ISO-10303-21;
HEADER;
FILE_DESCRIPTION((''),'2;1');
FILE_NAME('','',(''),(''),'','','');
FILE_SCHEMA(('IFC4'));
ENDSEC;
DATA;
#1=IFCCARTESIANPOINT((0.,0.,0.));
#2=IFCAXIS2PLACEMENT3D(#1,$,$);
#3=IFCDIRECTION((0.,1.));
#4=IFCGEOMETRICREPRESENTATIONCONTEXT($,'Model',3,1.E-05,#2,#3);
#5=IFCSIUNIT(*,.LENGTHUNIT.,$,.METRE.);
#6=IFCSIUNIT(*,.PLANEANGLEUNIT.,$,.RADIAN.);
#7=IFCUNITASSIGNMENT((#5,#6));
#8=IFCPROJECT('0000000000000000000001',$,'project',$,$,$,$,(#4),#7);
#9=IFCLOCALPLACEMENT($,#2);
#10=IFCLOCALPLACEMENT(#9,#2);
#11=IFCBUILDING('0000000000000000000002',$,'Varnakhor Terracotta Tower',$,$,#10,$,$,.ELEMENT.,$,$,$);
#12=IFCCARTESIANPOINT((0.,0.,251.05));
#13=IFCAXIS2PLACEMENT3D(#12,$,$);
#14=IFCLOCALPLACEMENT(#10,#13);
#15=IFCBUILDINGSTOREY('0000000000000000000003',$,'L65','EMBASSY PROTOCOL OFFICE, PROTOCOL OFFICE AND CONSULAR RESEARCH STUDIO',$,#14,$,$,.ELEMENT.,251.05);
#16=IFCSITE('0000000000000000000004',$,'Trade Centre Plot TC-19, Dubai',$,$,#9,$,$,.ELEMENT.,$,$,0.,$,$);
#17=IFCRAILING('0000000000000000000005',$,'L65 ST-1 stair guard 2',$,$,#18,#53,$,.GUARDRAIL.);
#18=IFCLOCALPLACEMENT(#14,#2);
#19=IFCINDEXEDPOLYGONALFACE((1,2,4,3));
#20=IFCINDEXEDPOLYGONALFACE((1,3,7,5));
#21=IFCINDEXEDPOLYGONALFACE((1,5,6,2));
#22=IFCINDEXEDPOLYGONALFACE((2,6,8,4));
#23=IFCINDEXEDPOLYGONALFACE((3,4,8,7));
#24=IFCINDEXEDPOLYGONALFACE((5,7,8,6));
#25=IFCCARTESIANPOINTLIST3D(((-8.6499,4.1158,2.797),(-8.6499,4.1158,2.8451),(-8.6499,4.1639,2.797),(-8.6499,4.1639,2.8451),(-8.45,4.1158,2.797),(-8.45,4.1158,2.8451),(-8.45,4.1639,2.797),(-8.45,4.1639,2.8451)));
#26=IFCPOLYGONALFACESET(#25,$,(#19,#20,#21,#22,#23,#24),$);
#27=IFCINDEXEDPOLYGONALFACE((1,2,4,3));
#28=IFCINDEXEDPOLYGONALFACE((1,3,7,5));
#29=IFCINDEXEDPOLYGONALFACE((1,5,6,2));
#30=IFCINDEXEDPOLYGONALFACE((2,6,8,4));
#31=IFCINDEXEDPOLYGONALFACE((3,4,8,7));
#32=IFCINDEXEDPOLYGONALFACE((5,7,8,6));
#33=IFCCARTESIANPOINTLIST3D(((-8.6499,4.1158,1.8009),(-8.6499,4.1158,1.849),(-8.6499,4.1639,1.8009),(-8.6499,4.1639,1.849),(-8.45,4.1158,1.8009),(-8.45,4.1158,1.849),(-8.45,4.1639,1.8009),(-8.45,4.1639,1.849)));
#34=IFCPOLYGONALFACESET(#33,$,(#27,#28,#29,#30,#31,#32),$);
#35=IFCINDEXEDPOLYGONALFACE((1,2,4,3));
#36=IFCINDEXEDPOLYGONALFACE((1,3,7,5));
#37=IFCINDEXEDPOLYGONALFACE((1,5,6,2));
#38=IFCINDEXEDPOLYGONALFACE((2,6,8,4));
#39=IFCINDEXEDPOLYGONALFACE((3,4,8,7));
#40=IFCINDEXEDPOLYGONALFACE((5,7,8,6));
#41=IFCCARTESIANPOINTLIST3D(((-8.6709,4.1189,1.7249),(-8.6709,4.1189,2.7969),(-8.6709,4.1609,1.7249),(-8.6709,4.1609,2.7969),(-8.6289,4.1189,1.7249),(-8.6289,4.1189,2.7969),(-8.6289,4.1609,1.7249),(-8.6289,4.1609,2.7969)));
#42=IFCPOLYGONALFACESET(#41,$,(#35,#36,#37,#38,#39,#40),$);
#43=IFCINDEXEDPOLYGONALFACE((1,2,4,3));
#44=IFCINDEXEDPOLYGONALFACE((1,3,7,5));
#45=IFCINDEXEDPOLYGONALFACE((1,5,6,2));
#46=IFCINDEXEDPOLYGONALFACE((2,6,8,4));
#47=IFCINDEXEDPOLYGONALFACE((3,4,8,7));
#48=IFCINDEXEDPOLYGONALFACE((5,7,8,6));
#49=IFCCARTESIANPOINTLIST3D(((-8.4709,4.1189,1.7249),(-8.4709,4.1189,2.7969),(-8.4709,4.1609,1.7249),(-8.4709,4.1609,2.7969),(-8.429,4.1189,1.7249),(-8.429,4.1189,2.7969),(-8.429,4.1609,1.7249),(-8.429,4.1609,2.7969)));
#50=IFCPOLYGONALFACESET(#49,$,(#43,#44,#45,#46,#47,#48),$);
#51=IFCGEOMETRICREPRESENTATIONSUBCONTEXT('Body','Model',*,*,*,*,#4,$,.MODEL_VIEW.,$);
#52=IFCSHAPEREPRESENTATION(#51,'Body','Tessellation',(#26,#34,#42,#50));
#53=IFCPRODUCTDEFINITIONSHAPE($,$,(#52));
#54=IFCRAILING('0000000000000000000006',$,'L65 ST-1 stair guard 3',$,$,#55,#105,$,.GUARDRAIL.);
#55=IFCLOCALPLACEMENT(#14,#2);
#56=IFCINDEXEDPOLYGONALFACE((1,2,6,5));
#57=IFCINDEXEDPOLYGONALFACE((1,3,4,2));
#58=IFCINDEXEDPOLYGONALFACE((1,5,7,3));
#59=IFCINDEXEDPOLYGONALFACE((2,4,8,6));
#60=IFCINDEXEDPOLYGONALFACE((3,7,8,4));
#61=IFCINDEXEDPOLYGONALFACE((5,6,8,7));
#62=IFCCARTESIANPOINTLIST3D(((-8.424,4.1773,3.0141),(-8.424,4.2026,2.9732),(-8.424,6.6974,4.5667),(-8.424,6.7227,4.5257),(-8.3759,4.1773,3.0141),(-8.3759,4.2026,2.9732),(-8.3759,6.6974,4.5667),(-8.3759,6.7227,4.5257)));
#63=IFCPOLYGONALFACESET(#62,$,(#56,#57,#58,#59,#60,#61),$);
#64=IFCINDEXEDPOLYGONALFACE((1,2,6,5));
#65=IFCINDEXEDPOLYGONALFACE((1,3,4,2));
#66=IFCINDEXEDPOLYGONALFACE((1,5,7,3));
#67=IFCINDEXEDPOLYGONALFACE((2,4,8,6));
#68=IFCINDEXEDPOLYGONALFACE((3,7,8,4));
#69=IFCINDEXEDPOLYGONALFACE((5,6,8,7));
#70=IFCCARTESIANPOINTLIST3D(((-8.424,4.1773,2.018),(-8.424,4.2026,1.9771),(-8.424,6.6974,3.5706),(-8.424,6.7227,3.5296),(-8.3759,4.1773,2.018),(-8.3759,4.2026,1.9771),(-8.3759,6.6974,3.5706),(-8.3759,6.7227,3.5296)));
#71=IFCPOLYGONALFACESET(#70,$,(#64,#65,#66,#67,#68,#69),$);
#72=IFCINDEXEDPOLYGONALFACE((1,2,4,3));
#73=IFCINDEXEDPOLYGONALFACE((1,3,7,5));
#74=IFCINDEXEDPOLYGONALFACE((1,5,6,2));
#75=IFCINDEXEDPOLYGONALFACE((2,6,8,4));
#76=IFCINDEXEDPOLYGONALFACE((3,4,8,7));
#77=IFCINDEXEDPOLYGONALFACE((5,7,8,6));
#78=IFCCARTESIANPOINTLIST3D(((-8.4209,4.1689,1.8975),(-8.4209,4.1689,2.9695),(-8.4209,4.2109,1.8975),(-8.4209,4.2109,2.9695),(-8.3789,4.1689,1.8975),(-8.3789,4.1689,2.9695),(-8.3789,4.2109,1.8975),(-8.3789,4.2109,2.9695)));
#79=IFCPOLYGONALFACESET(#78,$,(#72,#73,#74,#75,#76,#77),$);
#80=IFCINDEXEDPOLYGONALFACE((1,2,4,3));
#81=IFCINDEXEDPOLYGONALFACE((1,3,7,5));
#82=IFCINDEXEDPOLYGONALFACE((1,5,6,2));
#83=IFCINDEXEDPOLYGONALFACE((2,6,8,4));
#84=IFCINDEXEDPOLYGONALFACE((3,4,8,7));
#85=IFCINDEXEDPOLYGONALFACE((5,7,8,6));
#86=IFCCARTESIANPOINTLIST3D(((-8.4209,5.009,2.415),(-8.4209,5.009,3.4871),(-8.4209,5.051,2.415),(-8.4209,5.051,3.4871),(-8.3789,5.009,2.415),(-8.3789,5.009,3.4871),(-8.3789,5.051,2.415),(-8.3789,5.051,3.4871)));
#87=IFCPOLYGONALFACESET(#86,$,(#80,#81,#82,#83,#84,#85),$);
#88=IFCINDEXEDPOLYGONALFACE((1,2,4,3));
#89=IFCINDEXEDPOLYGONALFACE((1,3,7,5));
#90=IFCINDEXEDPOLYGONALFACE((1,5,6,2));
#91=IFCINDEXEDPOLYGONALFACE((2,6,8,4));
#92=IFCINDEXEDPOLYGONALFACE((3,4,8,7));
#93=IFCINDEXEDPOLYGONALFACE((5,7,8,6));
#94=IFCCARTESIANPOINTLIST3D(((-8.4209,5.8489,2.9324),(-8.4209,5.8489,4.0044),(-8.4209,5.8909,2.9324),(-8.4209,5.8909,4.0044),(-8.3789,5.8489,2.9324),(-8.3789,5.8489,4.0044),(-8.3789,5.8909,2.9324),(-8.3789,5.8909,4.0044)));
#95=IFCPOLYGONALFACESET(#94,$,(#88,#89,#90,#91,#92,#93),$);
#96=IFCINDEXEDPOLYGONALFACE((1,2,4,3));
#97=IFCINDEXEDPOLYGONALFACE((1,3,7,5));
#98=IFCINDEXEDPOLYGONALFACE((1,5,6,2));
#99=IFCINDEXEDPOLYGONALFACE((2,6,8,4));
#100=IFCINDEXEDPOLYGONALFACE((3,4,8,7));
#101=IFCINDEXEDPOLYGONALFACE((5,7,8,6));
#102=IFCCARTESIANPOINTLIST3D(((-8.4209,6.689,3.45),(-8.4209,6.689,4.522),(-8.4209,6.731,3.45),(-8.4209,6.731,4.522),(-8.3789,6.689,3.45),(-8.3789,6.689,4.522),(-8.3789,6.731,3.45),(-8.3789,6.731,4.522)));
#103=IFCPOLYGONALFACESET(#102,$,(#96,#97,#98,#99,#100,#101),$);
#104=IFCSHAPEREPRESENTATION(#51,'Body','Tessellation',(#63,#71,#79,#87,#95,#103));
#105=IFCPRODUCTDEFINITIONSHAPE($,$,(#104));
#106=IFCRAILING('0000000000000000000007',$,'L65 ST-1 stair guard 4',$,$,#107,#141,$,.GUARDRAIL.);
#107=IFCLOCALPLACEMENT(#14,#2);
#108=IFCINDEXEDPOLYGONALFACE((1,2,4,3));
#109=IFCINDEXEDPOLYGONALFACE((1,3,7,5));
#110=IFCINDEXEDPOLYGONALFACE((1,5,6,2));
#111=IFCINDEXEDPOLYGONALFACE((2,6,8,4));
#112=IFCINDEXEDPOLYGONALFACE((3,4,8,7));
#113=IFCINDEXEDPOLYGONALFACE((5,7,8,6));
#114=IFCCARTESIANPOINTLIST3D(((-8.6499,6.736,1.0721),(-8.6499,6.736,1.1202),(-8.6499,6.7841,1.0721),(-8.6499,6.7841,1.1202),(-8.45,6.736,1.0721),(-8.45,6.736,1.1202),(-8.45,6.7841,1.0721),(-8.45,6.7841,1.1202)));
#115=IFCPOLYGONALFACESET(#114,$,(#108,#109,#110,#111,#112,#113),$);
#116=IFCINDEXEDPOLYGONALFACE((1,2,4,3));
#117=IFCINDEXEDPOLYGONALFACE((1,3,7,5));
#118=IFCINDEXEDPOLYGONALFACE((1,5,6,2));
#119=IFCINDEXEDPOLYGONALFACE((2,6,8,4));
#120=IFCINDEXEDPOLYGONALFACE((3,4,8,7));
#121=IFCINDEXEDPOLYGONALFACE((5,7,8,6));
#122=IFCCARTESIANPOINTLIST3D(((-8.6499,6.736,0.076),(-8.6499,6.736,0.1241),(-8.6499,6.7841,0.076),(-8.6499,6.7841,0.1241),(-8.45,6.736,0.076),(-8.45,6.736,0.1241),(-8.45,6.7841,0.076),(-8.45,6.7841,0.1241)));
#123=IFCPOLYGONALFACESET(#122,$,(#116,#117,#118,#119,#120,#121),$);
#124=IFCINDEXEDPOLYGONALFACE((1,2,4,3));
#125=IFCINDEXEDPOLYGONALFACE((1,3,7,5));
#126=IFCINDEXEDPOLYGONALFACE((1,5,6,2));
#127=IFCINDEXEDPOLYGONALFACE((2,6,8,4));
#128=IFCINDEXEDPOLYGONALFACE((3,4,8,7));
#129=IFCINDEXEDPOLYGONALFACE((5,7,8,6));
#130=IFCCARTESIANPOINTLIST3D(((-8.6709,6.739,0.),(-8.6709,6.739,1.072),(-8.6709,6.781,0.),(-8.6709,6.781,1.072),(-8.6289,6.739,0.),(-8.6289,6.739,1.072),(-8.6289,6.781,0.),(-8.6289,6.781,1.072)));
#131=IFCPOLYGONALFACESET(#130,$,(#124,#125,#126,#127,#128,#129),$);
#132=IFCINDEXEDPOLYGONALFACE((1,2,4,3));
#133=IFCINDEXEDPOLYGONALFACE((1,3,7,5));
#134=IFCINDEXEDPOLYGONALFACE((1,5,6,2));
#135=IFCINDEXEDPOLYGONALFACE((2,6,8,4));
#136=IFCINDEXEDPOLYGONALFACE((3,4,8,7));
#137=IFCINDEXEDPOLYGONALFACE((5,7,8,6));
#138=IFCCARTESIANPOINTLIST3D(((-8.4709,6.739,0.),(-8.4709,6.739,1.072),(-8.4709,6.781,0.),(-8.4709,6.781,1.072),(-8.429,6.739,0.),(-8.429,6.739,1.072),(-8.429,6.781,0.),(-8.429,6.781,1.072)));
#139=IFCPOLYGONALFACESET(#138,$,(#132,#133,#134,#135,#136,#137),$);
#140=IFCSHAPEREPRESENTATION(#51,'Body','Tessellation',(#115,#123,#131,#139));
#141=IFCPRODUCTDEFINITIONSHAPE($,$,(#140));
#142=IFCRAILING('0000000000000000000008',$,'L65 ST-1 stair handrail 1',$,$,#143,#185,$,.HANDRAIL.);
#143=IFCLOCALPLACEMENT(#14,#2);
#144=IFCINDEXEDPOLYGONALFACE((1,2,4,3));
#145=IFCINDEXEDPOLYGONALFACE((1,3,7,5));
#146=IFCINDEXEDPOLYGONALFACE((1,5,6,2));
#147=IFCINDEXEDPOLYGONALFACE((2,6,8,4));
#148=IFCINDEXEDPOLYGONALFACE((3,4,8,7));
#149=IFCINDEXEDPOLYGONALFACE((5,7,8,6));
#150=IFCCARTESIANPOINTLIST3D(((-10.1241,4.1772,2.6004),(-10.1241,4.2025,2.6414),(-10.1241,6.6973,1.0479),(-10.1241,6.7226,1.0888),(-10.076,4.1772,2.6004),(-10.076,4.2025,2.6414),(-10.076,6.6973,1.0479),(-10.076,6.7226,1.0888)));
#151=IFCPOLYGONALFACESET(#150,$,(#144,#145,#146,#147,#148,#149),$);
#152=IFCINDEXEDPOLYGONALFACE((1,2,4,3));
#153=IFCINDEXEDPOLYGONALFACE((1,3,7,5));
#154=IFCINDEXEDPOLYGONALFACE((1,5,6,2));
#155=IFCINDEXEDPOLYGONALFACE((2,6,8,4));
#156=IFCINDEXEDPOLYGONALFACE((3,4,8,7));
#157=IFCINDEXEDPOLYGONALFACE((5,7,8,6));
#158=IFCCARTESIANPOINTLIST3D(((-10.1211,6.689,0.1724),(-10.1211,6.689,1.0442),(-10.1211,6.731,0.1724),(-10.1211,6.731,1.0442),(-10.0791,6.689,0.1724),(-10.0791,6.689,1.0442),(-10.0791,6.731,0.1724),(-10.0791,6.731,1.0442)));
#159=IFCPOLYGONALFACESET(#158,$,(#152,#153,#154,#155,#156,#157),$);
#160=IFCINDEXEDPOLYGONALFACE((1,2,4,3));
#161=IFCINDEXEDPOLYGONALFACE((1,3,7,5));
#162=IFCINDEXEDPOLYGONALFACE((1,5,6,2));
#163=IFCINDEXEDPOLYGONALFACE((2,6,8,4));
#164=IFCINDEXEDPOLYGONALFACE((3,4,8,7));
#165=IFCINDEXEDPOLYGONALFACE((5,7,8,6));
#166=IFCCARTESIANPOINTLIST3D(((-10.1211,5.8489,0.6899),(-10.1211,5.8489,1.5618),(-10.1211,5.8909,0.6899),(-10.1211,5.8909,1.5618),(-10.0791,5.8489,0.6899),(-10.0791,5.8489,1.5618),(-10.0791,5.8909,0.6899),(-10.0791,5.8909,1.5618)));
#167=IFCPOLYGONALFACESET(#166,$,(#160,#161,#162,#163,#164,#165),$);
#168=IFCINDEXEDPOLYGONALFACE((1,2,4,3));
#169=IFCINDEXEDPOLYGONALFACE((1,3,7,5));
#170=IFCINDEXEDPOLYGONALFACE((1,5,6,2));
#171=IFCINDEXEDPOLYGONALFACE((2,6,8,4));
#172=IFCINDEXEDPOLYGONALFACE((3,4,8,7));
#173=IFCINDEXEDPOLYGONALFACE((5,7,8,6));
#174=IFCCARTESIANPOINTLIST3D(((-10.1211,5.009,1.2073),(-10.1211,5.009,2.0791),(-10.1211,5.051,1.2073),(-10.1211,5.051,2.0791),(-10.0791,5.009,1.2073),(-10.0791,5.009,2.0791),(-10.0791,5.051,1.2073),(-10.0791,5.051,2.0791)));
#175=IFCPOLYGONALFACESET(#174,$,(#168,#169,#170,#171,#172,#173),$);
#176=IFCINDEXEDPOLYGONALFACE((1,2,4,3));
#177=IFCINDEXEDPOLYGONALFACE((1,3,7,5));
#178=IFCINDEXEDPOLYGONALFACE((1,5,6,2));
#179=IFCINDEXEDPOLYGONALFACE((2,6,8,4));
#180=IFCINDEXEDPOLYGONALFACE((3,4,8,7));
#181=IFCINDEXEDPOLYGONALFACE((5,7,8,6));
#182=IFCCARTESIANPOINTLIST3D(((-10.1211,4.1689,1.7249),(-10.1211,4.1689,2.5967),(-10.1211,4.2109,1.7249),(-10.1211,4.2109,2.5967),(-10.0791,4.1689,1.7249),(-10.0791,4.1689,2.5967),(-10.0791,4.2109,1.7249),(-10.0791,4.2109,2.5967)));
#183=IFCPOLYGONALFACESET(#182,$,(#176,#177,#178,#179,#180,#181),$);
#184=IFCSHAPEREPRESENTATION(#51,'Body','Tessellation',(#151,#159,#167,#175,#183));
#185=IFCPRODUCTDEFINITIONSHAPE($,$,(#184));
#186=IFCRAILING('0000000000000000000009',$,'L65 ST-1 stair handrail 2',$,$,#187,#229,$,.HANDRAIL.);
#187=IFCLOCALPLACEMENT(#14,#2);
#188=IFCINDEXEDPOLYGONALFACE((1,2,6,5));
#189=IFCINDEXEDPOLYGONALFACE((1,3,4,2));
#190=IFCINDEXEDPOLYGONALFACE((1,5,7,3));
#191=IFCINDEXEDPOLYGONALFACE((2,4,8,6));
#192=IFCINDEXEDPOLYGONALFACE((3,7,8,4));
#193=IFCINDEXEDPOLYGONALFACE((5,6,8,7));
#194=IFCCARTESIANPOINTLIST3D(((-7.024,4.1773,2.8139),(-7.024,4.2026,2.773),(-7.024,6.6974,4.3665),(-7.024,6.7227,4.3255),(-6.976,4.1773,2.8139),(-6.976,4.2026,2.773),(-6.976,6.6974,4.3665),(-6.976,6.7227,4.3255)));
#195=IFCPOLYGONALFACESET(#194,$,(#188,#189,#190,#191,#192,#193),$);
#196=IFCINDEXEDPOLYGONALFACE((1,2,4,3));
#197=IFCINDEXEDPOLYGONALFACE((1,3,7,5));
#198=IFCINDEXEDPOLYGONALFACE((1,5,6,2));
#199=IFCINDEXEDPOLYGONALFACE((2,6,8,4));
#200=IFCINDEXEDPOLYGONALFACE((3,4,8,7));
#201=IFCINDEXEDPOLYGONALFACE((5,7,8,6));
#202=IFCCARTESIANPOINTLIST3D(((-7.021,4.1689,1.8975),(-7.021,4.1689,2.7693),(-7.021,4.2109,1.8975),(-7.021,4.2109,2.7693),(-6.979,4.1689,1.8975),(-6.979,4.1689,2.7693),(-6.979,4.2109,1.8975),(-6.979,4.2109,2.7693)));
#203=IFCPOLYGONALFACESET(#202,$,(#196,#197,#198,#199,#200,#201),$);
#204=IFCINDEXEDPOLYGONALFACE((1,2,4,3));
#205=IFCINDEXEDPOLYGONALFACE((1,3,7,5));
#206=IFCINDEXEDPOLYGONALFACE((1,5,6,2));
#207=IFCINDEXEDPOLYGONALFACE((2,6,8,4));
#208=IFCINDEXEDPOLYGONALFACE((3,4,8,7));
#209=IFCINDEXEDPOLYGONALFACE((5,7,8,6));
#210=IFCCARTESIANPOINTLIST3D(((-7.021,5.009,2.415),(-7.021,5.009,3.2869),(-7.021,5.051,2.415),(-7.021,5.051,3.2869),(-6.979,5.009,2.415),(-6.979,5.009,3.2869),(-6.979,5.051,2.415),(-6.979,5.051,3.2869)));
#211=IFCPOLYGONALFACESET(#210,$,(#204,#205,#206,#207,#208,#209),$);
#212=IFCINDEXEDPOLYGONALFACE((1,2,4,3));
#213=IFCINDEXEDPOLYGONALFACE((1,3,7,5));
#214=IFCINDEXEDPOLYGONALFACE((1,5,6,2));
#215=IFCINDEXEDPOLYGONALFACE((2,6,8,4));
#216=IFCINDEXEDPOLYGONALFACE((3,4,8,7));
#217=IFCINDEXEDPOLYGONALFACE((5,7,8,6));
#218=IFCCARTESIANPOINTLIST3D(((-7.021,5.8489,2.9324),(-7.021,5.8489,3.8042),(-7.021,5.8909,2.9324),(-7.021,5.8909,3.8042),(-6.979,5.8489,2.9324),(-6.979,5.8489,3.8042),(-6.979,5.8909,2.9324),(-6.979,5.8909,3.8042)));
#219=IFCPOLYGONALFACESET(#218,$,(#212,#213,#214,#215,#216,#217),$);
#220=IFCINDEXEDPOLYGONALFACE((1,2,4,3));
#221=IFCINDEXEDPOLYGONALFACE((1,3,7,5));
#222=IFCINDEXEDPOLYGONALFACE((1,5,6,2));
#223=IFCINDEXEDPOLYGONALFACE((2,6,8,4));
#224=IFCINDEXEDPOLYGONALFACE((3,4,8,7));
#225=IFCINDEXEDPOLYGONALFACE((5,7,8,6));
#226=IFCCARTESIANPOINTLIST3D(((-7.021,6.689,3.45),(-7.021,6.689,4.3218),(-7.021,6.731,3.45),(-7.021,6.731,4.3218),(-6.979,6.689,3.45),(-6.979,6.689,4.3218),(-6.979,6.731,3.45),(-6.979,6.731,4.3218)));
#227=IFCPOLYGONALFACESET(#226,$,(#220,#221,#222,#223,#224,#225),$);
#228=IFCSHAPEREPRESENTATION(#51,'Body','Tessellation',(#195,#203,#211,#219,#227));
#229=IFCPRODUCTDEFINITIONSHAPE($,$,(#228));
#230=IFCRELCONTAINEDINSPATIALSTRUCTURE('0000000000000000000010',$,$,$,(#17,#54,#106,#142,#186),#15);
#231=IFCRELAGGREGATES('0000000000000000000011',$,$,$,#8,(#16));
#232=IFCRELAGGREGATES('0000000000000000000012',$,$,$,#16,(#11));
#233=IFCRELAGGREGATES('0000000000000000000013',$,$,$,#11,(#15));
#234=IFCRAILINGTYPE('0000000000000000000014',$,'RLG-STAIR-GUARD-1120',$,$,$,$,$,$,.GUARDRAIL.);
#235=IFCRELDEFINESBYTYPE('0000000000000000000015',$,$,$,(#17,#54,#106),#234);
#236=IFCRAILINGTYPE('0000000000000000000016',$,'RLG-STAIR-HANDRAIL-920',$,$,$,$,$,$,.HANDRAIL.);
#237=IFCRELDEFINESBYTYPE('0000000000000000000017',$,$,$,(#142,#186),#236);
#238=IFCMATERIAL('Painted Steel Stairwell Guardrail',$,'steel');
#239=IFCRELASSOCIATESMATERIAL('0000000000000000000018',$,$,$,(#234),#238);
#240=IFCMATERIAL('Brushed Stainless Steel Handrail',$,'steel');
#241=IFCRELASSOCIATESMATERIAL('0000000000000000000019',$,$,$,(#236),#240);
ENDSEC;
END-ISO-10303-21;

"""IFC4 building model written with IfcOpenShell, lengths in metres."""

from ifc_helpers import new_model, si_unit, direction, frame, origin, origin_2d, place, context, subcontext, project, spatial, rectangle, extrude, material, type_object, element, save


model = new_model("IFC4")

# Units and contexts
model_context = context("Model", 3, precision=1e-05, world=origin(), true_north=direction((0.0, 1.0)))
body_context = subcontext(model_context, "Body", "Model", "MODEL_VIEW")
ifc_project = project(units=[si_unit("LENGTHUNIT", "METRE"), si_unit("PLANEANGLEUNIT", "RADIAN")], contexts=[model_context])

# Site, building, storey
site_placement = place(None, origin())
site = spatial("IfcSite", under=ifc_project, at=site_placement, Name="Trade Centre Plot TC-19, Dubai", CompositionType="ELEMENT", RefElevation=0.0)
building_placement = place(site_placement, origin())
building = spatial("IfcBuilding", under=site, at=building_placement, Name="Varnakhor Terracotta Tower", CompositionType="ELEMENT")
storey_placement = place(building_placement, frame((0.0, 0.0, 251.05)))
storey = spatial("IfcBuildingStorey", under=building, at=storey_placement, Name="L65", Description="EMBASSY PROTOCOL OFFICE, PROTOCOL OFFICE AND CONSULAR RESEARCH STUDIO", CompositionType="ELEMENT", Elevation=251.05)

# Railings
ifc_material_1 = material(Name="Painted Steel Stairwell Guardrail", Category="steel")
railing_type_1 = type_object("IfcRailingType", Name="RLG-STAIR-GUARD-1120", PredefinedType="GUARDRAIL", material=ifc_material_1)
railing_1_placement = place(storey_placement, frame((-8.6499, 4.1399, 1.7249)))
element("IfcRailing", 1, at=railing_1_placement, inside=storey, type_object=railing_type_1, Name="L65 ST-1 stair guard 2", PredefinedType="GUARDRAIL", context=body_context, shape_type="SweptSolid", body=[
    extrude(rectangle(XDim=0.0481, YDim=0.0481, at=origin_2d()), frame((0.0, 0.0, 1.0962), z_axis=(1.0, 0.0, 0.0), x_axis=(0.0, 1.0, 0.0)), (0.0, 0.0, 1.0), 0.2),
    extrude(rectangle(XDim=0.0481, YDim=0.0481, at=origin_2d()), frame((0.0, 0.0, 0.1001), z_axis=(1.0, 0.0, 0.0), x_axis=(0.0, 1.0, 0.0)), (0.0, 0.0, 1.0), 0.2),
    extrude(rectangle(XDim=0.042, YDim=0.042, at=origin_2d()), origin(), (0.0, 0.0, 1.0), 1.072),
    extrude(rectangle(XDim=0.042, YDim=0.042, at=origin_2d()), frame((0.2, 0.0, 0.0)), (0.0, 0.0, 1.0), 1.072),
])
railing_2_placement = place(storey_placement, frame((-8.3999, 4.1899, 1.8975)))
element("IfcRailing", 2, at=railing_2_placement, inside=storey, type_object=railing_type_1, Name="L65 ST-1 stair guard 3", PredefinedType="GUARDRAIL", context=body_context, shape_type="SweptSolid", body=[
    extrude(rectangle(XDim=0.0481, YDim=0.0481, at=origin_2d()), frame((0.0, 0.0, 1.0962), z_axis=(0.0, 0.8514, 0.524516), x_axis=(-1.0, 0.0, 0.0)), (0.0, 0.0, 1.0), 2.96),
    extrude(rectangle(XDim=0.0481, YDim=0.0481, at=origin_2d()), frame((0.0, 0.0, 0.1001), z_axis=(0.0, 0.8514, 0.524516), x_axis=(-1.0, 0.0, 0.0)), (0.0, 0.0, 1.0), 2.96),
    extrude(rectangle(XDim=0.042, YDim=0.042, at=origin_2d()), origin(), (0.0, 0.0, 1.0), 1.072),
    extrude(rectangle(XDim=0.042, YDim=0.042, at=origin_2d()), frame((0.0, 0.8401, 0.5176)), (0.0, 0.0, 1.0), 1.072),
    extrude(rectangle(XDim=0.042, YDim=0.042, at=origin_2d()), frame((0.0, 1.6799, 1.0349)), (0.0, 0.0, 1.0), 1.072),
    extrude(rectangle(XDim=0.042, YDim=0.042, at=origin_2d()), frame((0.0, 2.52, 1.5525)), (0.0, 0.0, 1.0), 1.072),
])
railing_3_placement = place(storey_placement, frame((-8.6499, 6.76, 0.0)))
element("IfcRailing", 3, at=railing_3_placement, inside=storey, type_object=railing_type_1, Name="L65 ST-1 stair guard 4", PredefinedType="GUARDRAIL", context=body_context, shape_type="SweptSolid", body=[
    extrude(rectangle(XDim=0.0481, YDim=0.0481, at=origin_2d()), frame((0.0, 0.0, 1.0962), z_axis=(1.0, 0.0, 0.0), x_axis=(0.0, 1.0, 0.0)), (0.0, 0.0, 1.0), 0.2),
    extrude(rectangle(XDim=0.0481, YDim=0.0481, at=origin_2d()), frame((0.0, 0.0, 0.1001), z_axis=(1.0, 0.0, 0.0), x_axis=(0.0, 1.0, 0.0)), (0.0, 0.0, 1.0), 0.2),
    extrude(rectangle(XDim=0.042, YDim=0.042, at=origin_2d()), origin(), (0.0, 0.0, 1.0), 1.072),
    extrude(rectangle(XDim=0.042, YDim=0.042, at=origin_2d()), frame((0.2, 0.0, 0.0)), (0.0, 0.0, 1.0), 1.072),
])
ifc_material_2 = material(Name="Brushed Stainless Steel Handrail", Category="steel")
railing_type_2 = type_object("IfcRailingType", Name="RLG-STAIR-HANDRAIL-920", PredefinedType="HANDRAIL", material=ifc_material_2)
railing_4_placement = place(storey_placement, frame((-10.1001, 6.71, 0.1724)))
element("IfcRailing", 4, at=railing_4_placement, inside=storey, type_object=railing_type_2, Name="L65 ST-1 stair handrail 1", PredefinedType="HANDRAIL", context=body_context, shape_type="SweptSolid", body=[
    extrude(rectangle(XDim=0.0481, YDim=0.0481, at=origin_2d()), frame((0.0, 0.0, 0.896), z_axis=(0.0, -0.8514, 0.524516), x_axis=(1.0, 0.0, 0.0)), (0.0, 0.0, 1.0), 2.96),
    extrude(rectangle(XDim=0.042, YDim=0.042, at=origin_2d()), origin(), (0.0, 0.0, 1.0), 0.8718),
    extrude(rectangle(XDim=0.042, YDim=0.042, at=origin_2d()), frame((0.0, -0.8401, 0.5176)), (0.0, 0.0, 1.0), 0.8718),
    extrude(rectangle(XDim=0.042, YDim=0.042, at=origin_2d()), frame((0.0, -1.6799, 1.0349)), (0.0, 0.0, 1.0), 0.8718),
    extrude(rectangle(XDim=0.042, YDim=0.042, at=origin_2d()), frame((0.0, -2.52, 1.5525)), (0.0, 0.0, 1.0), 0.8718),
])
railing_5_placement = place(storey_placement, frame((-7.0, 4.1899, 1.8975)))
element("IfcRailing", 5, at=railing_5_placement, inside=storey, type_object=railing_type_2, Name="L65 ST-1 stair handrail 2", PredefinedType="HANDRAIL", context=body_context, shape_type="SweptSolid", body=[
    extrude(rectangle(XDim=0.0481, YDim=0.0481, at=origin_2d()), frame((0.0, 0.0, 0.896), z_axis=(0.0, 0.8514, 0.524516), x_axis=(-1.0, 0.0, 0.0)), (0.0, 0.0, 1.0), 2.96),
    extrude(rectangle(XDim=0.042, YDim=0.042, at=origin_2d()), origin(), (0.0, 0.0, 1.0), 0.8718),
    extrude(rectangle(XDim=0.042, YDim=0.042, at=origin_2d()), frame((0.0, 0.8401, 0.5176)), (0.0, 0.0, 1.0), 0.8718),
    extrude(rectangle(XDim=0.042, YDim=0.042, at=origin_2d()), frame((0.0, 1.6799, 1.0349)), (0.0, 0.0, 1.0), 0.8718),
    extrude(rectangle(XDim=0.042, YDim=0.042, at=origin_2d()), frame((0.0, 2.52, 1.5525)), (0.0, 0.0, 1.0), 0.8718),
])

save(model, "model.ifc")
